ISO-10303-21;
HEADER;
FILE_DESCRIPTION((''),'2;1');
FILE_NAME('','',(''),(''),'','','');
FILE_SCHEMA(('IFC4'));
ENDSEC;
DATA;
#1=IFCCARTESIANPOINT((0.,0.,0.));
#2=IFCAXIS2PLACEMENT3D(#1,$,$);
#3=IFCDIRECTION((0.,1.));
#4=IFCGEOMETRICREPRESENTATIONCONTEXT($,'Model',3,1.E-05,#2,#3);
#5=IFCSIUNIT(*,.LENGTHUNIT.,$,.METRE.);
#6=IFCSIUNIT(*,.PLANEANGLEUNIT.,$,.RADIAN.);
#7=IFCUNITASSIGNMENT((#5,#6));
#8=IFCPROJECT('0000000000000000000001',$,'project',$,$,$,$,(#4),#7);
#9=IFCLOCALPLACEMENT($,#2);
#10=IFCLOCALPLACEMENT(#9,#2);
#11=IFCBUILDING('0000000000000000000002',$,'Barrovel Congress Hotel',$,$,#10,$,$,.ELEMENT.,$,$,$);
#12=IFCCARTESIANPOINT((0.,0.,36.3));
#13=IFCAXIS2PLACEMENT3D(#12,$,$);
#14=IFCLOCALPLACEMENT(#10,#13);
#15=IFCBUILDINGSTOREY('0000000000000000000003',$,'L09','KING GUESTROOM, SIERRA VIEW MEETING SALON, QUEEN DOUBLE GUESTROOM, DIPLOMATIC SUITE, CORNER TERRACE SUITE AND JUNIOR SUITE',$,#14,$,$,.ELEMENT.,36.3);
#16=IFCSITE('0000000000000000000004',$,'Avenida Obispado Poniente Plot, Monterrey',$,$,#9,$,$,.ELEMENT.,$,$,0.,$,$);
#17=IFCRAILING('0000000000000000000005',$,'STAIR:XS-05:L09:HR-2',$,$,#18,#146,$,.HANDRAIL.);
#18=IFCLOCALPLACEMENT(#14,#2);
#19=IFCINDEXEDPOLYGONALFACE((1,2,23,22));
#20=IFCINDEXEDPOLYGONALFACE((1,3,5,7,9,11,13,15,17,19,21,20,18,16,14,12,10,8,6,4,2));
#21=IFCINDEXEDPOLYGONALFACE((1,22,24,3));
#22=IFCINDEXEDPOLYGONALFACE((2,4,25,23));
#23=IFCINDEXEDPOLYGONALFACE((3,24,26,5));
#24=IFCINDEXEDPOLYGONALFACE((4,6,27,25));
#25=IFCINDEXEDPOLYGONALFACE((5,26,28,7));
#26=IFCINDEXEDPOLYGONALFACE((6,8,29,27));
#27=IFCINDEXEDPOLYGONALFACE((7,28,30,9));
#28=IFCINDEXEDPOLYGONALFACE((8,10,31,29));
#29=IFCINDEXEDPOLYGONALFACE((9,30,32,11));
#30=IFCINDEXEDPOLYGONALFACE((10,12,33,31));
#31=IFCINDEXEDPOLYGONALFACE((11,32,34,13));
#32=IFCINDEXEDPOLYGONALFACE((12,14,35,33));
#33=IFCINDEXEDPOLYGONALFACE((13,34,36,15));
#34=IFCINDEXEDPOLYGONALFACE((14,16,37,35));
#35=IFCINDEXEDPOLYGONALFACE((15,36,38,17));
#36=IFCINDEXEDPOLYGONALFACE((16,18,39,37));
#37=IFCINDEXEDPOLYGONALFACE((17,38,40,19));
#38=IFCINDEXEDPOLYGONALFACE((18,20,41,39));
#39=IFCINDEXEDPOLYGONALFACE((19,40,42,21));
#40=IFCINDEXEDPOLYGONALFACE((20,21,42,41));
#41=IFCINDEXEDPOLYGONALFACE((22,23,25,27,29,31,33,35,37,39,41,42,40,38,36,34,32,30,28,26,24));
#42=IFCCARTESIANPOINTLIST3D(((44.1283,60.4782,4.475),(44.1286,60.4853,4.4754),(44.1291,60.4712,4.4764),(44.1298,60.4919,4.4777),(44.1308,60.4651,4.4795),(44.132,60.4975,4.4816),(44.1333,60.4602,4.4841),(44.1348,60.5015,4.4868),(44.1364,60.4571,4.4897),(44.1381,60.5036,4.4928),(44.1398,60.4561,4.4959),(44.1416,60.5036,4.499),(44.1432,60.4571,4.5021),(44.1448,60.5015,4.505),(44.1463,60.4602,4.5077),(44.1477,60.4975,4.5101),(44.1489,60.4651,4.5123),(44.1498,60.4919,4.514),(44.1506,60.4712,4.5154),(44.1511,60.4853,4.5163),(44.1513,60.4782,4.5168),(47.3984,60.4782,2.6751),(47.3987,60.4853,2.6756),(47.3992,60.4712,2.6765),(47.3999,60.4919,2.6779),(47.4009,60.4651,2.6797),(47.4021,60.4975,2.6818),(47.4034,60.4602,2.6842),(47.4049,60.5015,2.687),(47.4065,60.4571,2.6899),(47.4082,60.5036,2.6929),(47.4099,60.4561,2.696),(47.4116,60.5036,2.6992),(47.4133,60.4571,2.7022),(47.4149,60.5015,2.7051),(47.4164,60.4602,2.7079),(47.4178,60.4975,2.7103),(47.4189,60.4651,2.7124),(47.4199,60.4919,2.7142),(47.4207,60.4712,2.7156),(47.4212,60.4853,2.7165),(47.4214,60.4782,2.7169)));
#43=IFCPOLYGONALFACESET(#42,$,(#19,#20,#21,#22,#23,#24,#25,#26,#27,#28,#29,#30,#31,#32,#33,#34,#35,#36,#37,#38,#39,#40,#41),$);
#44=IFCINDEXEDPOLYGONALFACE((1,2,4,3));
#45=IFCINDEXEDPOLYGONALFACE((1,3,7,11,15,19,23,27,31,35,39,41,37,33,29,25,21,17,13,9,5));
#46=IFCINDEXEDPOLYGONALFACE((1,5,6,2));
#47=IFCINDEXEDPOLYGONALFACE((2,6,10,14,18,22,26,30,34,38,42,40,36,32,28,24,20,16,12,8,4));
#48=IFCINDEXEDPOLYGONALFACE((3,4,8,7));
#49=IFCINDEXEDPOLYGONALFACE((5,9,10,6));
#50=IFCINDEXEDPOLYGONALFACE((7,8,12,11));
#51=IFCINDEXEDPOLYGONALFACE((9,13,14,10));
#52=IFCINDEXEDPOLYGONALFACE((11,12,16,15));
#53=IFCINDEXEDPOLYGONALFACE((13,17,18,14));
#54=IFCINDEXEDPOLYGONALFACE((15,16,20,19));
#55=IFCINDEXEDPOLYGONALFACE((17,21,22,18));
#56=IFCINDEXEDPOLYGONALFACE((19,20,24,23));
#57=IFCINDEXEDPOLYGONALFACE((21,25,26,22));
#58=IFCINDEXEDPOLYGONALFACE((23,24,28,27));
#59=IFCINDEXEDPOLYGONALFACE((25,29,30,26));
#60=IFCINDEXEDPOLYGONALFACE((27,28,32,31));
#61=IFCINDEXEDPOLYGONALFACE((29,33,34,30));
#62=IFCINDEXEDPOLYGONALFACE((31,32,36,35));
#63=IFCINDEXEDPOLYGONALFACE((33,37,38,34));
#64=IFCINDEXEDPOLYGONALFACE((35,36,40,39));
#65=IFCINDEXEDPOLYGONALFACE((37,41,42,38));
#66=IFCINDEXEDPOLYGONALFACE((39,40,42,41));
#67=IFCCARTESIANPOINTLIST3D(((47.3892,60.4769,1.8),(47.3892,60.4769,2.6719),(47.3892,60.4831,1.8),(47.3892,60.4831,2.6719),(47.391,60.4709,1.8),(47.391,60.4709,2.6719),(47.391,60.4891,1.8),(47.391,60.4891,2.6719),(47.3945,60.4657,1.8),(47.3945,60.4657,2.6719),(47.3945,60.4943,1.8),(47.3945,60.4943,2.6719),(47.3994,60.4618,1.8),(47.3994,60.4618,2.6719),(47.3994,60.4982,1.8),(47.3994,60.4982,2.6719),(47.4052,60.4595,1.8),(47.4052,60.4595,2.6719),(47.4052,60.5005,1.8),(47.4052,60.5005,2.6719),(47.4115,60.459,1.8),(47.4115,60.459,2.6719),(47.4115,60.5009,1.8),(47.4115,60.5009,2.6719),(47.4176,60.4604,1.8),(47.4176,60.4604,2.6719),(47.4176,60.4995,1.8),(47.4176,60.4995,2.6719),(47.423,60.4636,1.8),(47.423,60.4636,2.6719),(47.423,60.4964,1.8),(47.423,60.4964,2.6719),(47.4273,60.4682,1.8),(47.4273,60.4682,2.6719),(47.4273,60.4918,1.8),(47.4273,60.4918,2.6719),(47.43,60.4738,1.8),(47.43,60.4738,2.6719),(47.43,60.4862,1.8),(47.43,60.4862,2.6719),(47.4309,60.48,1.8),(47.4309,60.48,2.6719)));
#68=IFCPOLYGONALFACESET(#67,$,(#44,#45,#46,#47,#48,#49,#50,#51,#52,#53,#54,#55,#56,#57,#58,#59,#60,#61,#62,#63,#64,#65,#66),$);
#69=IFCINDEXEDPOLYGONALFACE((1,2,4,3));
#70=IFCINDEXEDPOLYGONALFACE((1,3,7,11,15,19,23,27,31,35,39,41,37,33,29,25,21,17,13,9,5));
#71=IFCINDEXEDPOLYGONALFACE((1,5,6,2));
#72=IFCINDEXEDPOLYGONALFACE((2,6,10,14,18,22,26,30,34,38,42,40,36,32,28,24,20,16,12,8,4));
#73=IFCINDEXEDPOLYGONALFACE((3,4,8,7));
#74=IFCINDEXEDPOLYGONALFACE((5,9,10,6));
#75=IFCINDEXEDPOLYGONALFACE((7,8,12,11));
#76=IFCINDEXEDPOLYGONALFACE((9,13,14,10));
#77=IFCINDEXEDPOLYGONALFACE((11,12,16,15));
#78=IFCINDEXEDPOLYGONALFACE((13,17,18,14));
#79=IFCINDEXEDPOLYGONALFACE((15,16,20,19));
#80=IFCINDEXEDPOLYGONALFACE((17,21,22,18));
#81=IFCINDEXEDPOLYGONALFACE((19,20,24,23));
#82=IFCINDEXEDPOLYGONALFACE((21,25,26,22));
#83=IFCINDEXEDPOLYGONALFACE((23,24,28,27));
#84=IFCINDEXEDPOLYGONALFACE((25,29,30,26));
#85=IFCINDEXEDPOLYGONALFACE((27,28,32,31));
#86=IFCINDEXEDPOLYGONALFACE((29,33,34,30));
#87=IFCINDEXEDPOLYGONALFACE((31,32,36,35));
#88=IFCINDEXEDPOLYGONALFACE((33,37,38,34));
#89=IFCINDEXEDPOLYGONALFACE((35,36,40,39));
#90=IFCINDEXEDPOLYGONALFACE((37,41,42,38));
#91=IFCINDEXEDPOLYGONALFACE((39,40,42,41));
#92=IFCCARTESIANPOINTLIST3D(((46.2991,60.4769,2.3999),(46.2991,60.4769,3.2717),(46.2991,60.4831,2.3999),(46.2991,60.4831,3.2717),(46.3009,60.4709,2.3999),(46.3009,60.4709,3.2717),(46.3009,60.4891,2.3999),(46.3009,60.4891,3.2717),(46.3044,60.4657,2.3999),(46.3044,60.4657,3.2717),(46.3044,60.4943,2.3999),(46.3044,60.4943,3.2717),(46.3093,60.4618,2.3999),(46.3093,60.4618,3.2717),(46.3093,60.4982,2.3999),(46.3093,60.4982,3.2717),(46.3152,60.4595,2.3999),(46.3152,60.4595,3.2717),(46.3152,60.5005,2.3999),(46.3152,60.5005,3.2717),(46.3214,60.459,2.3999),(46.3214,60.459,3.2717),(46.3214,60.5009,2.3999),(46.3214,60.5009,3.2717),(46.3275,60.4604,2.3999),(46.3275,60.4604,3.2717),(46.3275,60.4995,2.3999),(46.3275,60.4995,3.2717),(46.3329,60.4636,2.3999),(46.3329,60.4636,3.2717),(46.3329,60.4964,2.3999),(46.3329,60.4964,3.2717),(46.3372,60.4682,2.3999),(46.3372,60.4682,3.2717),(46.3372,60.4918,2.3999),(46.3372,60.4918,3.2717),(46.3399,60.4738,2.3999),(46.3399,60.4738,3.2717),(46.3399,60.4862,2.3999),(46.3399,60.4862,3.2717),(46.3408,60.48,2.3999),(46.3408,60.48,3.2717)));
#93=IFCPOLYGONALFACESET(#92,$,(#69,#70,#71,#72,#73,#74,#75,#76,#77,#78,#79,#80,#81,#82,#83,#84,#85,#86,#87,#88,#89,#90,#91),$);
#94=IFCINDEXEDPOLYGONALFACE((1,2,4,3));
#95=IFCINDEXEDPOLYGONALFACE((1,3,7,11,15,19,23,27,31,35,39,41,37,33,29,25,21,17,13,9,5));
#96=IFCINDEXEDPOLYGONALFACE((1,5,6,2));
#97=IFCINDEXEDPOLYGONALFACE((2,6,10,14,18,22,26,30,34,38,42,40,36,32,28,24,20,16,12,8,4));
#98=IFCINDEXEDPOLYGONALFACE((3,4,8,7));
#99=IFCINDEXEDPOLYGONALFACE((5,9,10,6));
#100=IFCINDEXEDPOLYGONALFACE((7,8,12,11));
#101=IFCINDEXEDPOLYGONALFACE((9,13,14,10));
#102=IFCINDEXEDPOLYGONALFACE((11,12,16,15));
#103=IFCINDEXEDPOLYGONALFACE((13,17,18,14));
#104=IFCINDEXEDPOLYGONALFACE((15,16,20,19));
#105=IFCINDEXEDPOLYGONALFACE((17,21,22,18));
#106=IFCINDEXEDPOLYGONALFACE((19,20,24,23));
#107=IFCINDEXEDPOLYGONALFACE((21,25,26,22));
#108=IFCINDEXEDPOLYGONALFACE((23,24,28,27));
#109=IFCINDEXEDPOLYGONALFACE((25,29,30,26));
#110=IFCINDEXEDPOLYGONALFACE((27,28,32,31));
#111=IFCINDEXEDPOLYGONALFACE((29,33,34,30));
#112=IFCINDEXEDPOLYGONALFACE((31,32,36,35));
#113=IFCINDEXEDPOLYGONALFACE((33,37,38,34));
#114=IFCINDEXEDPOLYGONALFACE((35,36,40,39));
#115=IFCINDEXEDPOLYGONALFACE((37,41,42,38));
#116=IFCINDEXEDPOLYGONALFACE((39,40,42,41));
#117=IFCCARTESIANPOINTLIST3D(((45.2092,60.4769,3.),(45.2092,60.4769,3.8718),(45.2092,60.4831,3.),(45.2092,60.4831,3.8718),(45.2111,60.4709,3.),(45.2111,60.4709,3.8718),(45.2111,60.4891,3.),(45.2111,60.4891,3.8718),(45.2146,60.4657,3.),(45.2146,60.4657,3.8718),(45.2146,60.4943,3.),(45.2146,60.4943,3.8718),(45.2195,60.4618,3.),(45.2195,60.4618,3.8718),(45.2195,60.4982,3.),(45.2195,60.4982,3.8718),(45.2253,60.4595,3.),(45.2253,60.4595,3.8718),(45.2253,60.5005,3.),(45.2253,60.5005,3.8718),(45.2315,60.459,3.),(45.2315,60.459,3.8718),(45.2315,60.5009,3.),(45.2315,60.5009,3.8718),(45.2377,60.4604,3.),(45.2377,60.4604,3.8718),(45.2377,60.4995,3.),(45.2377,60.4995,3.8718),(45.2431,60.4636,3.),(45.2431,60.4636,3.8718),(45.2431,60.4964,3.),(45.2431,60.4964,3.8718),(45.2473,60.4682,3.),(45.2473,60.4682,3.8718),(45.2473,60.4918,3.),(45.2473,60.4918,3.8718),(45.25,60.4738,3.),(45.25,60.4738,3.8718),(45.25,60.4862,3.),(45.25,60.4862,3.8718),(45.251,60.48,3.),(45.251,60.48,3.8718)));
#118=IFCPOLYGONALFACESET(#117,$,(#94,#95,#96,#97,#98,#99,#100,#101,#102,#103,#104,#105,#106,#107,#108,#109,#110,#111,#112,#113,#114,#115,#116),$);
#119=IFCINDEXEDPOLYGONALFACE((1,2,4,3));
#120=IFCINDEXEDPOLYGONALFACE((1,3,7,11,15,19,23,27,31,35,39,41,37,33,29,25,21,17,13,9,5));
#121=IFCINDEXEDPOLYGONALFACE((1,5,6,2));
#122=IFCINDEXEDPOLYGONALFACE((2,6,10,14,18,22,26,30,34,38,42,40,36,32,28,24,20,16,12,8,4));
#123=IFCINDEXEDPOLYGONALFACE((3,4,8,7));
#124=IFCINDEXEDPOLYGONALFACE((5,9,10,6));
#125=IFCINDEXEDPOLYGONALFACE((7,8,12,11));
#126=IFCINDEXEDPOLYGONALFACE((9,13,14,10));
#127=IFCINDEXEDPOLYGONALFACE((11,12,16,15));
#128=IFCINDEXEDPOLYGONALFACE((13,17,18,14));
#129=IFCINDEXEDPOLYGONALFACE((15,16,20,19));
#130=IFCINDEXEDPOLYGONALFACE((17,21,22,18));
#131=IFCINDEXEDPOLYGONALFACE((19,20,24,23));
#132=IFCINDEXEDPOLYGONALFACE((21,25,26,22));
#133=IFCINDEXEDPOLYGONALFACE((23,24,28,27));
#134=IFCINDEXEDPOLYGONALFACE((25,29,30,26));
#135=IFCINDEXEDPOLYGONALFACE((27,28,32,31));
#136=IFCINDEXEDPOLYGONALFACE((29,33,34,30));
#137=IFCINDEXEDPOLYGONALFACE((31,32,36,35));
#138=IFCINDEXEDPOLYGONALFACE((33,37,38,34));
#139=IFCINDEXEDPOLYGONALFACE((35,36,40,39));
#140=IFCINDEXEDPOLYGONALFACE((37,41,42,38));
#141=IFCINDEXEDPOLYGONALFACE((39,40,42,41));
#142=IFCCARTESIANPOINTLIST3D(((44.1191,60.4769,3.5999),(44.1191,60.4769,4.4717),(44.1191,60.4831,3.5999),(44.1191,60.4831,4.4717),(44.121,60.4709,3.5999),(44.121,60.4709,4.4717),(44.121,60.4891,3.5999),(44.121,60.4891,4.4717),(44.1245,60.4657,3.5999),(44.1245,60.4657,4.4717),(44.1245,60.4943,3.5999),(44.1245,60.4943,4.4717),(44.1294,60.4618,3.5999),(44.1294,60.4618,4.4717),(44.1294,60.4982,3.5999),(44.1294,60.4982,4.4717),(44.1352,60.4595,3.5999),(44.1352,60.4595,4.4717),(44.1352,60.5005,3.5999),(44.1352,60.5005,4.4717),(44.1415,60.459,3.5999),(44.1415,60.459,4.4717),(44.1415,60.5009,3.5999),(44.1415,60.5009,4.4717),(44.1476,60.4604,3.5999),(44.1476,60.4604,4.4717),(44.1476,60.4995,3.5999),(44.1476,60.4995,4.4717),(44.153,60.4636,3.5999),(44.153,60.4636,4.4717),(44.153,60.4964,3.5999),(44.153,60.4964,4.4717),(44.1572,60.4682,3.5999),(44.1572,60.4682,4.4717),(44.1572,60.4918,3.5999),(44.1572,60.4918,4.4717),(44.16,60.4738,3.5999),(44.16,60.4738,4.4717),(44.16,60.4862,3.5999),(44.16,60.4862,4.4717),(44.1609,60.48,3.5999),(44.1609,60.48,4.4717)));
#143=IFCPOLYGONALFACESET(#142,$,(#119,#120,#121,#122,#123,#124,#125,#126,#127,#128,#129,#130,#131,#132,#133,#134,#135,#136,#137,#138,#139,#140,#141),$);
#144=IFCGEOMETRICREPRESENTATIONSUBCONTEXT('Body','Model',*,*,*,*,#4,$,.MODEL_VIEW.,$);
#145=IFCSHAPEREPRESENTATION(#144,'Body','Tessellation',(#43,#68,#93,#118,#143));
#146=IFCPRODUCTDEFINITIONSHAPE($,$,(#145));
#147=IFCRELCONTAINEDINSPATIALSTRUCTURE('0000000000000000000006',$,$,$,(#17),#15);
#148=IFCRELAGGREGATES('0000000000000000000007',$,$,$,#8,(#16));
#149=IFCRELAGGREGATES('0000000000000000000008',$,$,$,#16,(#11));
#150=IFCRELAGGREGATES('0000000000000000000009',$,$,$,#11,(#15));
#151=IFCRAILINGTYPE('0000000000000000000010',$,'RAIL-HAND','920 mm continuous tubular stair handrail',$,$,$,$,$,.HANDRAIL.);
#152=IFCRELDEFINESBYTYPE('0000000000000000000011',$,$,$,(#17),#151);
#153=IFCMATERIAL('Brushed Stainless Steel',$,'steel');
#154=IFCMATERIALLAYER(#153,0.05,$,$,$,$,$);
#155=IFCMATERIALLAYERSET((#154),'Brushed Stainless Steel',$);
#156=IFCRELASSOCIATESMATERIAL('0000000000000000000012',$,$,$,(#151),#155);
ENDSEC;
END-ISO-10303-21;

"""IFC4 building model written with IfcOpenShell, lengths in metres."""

from ifc_helpers import new_model, si_unit, direction, frame, origin, origin_2d, place, context, subcontext, project, spatial, circle, extrude, material, layer, layer_set, type_object, element, save


model = new_model("IFC4")

# Units and contexts
model_context = context("Model", 3, precision=1e-05, world=origin(), true_north=direction((0.0, 1.0)))
body_context = subcontext(model_context, "Body", "Model", "MODEL_VIEW")
ifc_project = project(units=[si_unit("LENGTHUNIT", "METRE"), si_unit("PLANEANGLEUNIT", "RADIAN")], contexts=[model_context])

# Site, building, storey
site_placement = place(None, origin())
site = spatial("IfcSite", under=ifc_project, at=site_placement, Name="Avenida Obispado Poniente Plot, Monterrey", CompositionType="ELEMENT", RefElevation=0.0)
building_placement = place(site_placement, origin())
building = spatial("IfcBuilding", under=site, at=building_placement, Name="Barrovel Congress Hotel", CompositionType="ELEMENT")
storey_placement = place(building_placement, frame((0.0, 0.0, 36.3)))
storey = spatial("IfcBuildingStorey", under=building, at=storey_placement, Name="L09", Description="KING GUESTROOM, SIERRA VIEW MEETING SALON, QUEEN DOUBLE GUESTROOM, DIPLOMATIC SUITE, CORNER TERRACE SUITE AND JUNIOR SUITE", CompositionType="ELEMENT", Elevation=36.3)

# Railing
ifc_material_1 = material(Name="Brushed Stainless Steel", Category="steel")
ifc_layer_1 = layer(ifc_material_1, 0.05)
ifc_layer_set_1 = layer_set([ifc_layer_1], Name="Brushed Stainless Steel")
railing_type_1 = type_object("IfcRailingType", Name="RAIL-HAND", Description="920 mm continuous tubular stair handrail", PredefinedType="HANDRAIL", material=ifc_layer_set_1)
railing_1_placement = place(storey_placement, frame((47.4099, 60.48, 1.8)))
element("IfcRailing", 1, at=railing_1_placement, inside=storey, type_object=railing_type_1, Name="STAIR:XS-05:L09:HR-2", PredefinedType="HANDRAIL", context=body_context, shape_type="SweptSolid", body=[
    extrude(circle(Radius=0.0239, at=origin_2d()), frame((0.0, 0.0, 0.896), z_axis=(-0.876069, 0.0, 0.482185), x_axis=(0.0, -1.0, 0.0)), (0.0, 0.0, 1.0), 3.7327),
    extrude(circle(Radius=0.021, at=origin_2d()), origin(), (0.0, 0.0, 1.0), 0.8718),
    extrude(circle(Radius=0.021, at=origin_2d()), frame((-1.0901, 0.0, 0.5999)), (0.0, 0.0, 1.0), 0.8718),
    extrude(circle(Radius=0.021, at=origin_2d()), frame((-2.1799, 0.0, 1.2)), (0.0, 0.0, 1.0), 0.8718),
    extrude(circle(Radius=0.021, at=origin_2d()), frame((-3.27, 0.0, 1.7998)), (0.0, 0.0, 1.0), 0.8718),
])

save(model, "model.ifc")
